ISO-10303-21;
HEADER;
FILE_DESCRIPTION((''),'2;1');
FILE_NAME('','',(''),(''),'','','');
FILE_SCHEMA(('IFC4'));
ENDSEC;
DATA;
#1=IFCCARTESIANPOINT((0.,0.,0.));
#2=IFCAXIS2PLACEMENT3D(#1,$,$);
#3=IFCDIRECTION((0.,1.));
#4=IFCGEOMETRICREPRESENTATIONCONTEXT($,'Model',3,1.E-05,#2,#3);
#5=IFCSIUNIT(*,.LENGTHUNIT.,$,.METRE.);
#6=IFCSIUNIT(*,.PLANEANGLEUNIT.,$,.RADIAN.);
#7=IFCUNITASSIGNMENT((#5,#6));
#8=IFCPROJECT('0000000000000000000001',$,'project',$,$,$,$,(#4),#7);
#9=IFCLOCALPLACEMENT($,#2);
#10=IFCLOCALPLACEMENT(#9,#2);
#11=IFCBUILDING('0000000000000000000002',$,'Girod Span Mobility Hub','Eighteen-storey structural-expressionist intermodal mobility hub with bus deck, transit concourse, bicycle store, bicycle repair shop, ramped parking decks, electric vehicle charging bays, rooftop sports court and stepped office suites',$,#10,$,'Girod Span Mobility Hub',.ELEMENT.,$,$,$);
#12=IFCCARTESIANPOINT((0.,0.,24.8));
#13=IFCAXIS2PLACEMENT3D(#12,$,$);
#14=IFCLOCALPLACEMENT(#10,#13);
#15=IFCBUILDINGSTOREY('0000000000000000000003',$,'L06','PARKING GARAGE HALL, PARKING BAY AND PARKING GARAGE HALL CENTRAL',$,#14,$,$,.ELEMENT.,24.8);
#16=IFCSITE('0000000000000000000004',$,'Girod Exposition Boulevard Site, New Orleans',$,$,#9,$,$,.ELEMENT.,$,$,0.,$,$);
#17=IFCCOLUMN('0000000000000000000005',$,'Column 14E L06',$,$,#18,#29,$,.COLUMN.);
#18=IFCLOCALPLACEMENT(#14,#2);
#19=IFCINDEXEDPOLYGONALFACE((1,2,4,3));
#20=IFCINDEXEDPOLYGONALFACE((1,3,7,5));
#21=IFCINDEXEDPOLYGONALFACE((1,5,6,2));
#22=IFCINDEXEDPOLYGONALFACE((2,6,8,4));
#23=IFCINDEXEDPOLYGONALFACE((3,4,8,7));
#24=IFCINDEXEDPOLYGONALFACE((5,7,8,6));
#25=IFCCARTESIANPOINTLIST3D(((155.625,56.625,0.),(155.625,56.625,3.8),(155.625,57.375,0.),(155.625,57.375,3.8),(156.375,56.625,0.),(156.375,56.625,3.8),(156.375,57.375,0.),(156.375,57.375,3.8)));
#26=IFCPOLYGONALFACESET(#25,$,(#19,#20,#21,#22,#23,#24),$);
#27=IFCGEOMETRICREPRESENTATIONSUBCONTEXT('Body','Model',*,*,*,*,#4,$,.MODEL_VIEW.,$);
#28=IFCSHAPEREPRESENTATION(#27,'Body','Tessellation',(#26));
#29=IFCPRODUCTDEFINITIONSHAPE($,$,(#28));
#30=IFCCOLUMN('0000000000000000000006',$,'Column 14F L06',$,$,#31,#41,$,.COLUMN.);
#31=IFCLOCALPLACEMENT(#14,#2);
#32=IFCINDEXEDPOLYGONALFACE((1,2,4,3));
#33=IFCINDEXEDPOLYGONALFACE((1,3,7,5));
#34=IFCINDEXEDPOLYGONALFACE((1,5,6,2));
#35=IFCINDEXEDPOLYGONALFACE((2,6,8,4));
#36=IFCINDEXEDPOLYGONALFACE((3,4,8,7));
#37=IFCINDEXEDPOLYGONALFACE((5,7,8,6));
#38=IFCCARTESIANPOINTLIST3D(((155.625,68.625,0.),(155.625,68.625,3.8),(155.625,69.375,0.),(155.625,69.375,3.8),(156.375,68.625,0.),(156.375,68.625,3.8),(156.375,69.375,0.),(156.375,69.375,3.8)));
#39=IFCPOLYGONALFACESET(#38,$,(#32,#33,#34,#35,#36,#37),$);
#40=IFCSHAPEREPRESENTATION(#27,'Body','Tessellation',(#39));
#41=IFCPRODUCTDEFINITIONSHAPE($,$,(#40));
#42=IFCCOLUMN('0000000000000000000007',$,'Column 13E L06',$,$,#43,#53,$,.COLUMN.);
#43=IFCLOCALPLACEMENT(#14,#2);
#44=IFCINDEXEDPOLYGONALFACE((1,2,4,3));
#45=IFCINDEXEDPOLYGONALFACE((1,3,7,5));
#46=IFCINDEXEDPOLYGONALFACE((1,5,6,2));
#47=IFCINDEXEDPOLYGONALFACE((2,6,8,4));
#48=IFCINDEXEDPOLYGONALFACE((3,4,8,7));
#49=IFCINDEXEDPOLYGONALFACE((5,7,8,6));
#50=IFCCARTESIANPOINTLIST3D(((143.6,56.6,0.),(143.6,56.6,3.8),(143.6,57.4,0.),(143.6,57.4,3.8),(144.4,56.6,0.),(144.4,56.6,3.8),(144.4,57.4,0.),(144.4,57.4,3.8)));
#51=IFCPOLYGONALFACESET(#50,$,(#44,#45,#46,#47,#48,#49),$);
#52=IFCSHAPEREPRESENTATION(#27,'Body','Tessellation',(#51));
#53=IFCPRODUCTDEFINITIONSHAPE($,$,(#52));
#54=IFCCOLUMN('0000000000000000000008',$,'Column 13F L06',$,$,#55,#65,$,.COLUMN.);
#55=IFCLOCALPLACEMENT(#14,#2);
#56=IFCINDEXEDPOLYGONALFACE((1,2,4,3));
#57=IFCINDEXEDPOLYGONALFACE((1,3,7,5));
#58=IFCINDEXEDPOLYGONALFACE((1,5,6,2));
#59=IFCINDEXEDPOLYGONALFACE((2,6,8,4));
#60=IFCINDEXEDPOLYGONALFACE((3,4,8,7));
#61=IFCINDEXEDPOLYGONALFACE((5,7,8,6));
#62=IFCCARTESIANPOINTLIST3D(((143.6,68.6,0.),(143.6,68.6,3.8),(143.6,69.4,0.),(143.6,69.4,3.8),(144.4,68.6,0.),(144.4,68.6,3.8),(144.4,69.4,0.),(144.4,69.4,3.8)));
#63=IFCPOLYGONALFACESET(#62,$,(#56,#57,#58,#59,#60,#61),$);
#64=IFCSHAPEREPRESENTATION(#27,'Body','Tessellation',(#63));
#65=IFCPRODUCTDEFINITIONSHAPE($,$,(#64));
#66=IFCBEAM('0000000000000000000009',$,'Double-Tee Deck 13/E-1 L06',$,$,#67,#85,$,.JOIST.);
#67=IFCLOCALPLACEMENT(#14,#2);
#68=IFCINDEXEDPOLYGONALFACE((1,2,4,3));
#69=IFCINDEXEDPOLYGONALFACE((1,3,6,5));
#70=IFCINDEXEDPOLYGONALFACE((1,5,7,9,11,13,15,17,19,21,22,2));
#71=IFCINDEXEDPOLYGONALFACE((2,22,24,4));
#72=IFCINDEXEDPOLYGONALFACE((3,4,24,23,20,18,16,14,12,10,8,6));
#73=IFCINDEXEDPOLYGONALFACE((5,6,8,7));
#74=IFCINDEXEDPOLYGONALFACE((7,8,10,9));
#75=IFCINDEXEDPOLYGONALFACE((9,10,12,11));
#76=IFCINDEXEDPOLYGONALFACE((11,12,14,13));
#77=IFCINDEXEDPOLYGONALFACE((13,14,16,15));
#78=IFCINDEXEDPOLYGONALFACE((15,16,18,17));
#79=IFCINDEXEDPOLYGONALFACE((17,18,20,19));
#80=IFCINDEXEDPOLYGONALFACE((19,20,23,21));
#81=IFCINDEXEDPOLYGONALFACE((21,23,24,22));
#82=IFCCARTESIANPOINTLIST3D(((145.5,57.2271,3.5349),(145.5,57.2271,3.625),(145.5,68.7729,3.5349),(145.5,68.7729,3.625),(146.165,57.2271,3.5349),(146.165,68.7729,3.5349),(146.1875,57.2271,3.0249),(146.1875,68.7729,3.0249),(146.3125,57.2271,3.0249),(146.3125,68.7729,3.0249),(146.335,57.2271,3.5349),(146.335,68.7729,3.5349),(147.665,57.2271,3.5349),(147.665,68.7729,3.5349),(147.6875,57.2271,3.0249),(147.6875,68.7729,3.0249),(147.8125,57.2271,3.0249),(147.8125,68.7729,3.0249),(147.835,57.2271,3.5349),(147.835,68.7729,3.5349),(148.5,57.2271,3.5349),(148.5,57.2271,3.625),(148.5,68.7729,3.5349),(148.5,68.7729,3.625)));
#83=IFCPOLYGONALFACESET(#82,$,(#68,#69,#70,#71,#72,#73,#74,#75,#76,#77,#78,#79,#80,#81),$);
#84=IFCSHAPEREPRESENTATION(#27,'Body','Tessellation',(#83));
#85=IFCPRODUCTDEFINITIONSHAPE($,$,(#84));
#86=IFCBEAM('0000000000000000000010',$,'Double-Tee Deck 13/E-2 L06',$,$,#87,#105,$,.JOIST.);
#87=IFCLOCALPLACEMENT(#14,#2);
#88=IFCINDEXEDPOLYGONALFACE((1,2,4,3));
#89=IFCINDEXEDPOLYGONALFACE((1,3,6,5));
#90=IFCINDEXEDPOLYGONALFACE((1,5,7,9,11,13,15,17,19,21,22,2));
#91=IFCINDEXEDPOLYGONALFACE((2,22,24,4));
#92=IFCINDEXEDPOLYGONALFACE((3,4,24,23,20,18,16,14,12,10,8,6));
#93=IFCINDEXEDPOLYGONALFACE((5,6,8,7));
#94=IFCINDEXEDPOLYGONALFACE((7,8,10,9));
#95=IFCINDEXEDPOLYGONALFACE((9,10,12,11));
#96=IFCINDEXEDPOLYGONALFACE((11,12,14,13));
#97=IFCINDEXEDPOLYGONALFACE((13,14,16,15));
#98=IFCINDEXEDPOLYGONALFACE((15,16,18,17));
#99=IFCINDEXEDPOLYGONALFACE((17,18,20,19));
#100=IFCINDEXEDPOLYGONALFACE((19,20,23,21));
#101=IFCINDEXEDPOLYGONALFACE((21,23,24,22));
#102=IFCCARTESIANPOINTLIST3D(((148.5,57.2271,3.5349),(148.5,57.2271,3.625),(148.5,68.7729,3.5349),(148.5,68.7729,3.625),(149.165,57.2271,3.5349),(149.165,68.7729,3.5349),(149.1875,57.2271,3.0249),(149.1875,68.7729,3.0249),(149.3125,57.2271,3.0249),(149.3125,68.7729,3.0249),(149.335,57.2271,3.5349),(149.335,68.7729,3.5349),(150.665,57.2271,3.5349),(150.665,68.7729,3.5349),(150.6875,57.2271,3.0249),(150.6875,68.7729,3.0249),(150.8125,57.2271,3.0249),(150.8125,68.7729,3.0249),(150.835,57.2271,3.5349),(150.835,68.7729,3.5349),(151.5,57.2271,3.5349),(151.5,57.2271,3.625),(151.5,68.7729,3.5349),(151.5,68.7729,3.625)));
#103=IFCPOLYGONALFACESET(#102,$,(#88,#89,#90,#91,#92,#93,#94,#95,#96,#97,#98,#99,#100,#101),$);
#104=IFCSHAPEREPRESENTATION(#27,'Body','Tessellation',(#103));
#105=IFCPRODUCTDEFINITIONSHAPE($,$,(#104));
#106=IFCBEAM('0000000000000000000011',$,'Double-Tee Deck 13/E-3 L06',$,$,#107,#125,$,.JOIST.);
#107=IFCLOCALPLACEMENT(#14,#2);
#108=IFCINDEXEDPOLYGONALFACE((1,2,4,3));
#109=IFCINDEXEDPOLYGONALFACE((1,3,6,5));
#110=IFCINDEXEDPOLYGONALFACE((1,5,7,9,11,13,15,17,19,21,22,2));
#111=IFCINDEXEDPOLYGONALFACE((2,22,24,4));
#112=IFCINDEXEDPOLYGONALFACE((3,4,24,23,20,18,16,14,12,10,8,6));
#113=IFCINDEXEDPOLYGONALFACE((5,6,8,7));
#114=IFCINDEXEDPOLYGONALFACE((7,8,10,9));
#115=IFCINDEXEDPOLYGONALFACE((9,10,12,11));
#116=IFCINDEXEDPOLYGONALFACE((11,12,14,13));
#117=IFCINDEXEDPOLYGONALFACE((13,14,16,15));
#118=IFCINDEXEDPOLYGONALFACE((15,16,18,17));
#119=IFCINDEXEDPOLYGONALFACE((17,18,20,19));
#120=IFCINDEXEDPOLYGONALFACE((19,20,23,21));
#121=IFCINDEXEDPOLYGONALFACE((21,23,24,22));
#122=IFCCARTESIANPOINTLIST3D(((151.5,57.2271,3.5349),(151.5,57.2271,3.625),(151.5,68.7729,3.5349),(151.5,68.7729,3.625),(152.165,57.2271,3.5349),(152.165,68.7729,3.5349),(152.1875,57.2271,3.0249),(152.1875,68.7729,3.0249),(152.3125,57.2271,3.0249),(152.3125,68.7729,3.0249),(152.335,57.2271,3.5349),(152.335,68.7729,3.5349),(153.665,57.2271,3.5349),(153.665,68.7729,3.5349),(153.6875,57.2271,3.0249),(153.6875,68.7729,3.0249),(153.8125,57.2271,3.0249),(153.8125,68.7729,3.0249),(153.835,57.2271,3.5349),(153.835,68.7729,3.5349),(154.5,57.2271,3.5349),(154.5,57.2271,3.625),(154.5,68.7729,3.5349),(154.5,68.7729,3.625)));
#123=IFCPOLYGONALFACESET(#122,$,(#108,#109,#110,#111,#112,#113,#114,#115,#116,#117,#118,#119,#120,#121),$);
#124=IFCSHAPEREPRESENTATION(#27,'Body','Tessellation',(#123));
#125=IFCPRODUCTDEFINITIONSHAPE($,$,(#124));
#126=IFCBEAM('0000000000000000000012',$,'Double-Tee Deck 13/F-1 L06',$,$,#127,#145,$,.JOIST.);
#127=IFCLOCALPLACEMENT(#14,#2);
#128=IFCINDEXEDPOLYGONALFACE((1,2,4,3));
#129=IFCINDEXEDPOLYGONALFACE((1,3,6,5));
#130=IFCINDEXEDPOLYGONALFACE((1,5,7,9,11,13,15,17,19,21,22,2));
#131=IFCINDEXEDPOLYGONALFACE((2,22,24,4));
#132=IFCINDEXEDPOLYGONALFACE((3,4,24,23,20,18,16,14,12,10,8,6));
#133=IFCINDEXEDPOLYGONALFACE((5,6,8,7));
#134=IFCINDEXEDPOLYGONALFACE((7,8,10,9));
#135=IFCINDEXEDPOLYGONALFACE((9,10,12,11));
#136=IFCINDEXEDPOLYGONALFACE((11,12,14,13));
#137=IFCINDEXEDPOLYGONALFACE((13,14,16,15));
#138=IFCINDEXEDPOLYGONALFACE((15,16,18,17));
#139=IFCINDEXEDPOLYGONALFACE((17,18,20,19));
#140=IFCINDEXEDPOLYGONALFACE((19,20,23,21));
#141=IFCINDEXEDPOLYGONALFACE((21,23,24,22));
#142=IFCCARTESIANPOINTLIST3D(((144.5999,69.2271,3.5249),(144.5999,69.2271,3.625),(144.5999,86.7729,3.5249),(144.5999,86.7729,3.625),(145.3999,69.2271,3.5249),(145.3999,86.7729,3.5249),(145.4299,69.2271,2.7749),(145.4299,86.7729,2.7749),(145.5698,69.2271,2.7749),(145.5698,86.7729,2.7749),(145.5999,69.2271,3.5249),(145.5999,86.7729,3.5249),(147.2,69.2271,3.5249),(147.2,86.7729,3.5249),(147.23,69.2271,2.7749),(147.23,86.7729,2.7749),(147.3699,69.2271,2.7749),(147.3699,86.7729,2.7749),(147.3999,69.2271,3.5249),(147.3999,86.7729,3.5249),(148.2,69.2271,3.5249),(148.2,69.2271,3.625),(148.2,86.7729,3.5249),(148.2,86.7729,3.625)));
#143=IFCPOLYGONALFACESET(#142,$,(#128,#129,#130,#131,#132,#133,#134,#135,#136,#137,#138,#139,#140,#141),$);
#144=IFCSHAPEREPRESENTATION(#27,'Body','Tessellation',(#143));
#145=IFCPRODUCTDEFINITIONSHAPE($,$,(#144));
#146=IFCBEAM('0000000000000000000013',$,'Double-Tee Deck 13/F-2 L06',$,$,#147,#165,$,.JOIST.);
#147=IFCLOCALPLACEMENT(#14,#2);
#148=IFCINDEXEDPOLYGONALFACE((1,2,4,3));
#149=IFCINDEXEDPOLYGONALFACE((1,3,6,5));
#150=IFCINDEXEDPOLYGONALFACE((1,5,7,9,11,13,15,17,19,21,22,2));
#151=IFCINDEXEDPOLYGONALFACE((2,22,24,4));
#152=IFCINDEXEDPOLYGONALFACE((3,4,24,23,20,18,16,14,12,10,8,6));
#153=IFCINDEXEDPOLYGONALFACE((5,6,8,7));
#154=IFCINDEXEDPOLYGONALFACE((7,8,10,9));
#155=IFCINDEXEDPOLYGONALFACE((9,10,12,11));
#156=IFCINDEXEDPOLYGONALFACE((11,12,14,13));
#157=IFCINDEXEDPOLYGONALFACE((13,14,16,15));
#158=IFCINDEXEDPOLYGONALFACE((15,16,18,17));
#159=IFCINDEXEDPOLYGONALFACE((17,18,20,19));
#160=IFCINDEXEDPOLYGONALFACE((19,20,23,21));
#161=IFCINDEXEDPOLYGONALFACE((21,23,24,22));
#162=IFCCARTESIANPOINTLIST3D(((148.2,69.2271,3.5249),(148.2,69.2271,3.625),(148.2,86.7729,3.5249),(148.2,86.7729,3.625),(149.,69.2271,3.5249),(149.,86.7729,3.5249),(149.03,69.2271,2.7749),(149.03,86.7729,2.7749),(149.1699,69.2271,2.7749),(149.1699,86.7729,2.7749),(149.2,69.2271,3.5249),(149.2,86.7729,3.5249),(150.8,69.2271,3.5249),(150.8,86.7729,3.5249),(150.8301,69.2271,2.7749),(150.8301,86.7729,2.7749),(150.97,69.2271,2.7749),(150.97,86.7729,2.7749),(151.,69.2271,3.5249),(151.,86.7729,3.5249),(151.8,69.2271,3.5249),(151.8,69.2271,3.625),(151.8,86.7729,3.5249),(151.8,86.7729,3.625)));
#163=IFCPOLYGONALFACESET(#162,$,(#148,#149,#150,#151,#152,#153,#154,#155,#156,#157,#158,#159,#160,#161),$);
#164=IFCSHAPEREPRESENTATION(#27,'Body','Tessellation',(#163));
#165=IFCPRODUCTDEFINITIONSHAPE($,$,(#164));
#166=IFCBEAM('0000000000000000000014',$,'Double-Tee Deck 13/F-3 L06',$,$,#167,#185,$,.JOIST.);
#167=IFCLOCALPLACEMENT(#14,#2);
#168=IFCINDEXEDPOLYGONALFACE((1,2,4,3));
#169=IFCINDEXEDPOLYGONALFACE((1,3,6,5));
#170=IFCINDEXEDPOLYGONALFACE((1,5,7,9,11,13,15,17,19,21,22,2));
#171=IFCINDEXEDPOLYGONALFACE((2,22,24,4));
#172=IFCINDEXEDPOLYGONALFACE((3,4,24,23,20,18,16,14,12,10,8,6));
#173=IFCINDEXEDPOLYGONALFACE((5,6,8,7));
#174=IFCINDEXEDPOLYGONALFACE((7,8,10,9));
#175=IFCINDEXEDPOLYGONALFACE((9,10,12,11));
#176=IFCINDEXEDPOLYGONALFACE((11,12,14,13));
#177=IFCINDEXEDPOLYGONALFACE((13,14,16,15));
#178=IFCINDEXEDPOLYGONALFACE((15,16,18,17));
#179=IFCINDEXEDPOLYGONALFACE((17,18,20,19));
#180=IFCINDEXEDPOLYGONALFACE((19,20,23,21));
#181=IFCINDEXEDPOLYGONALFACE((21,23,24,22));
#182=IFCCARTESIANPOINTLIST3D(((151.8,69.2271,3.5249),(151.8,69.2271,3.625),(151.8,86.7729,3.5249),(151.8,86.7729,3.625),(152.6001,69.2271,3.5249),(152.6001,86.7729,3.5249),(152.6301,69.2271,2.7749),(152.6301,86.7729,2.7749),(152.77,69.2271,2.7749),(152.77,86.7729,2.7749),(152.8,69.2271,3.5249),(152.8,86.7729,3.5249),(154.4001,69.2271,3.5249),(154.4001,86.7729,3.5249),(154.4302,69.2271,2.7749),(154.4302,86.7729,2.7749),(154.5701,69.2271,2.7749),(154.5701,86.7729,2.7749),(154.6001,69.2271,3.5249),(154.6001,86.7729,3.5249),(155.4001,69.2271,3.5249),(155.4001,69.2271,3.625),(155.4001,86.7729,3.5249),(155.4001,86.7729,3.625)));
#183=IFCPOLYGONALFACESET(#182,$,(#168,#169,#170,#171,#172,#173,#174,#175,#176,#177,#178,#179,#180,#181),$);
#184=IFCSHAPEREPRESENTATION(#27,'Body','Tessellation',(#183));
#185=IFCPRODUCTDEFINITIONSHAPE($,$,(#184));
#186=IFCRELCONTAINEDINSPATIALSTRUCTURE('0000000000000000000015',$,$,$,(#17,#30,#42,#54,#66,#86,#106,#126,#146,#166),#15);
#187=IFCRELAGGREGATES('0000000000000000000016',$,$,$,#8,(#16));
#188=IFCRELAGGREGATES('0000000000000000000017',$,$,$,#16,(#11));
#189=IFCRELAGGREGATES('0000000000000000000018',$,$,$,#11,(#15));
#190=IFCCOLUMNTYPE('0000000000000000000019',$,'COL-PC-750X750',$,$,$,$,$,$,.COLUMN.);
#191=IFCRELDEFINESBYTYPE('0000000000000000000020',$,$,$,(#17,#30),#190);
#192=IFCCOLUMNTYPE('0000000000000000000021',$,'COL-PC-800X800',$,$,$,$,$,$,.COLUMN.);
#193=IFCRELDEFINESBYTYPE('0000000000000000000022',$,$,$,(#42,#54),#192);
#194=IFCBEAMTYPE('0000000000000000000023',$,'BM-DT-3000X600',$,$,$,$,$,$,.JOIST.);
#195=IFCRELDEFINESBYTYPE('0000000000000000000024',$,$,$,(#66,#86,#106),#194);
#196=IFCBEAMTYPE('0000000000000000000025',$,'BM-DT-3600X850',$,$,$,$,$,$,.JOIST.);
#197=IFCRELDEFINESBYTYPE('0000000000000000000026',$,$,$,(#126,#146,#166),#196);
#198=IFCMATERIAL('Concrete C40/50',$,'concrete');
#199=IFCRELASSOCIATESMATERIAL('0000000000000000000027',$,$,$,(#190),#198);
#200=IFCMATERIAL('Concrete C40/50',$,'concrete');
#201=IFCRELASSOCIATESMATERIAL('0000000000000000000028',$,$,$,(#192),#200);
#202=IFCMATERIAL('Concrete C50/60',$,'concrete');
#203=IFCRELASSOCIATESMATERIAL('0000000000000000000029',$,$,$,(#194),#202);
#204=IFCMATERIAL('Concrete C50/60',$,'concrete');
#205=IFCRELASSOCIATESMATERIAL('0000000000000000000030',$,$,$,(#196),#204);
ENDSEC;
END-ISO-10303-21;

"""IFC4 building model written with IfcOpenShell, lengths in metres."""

from ifc_helpers import new_model, si_unit, direction, frame, origin, origin_2d, place, context, subcontext, project, spatial, polyline, rectangle, outline, extrude, material, material_profile, profile_set, type_object, element, save


model = new_model("IFC4")

# Units and contexts
model_context = context("Model", 3, precision=1e-05, world=origin(), true_north=direction((0.0, 1.0)))
body_context = subcontext(model_context, "Body", "Model", "MODEL_VIEW")
ifc_project = project(units=[si_unit("LENGTHUNIT", "METRE"), si_unit("PLANEANGLEUNIT", "RADIAN")], contexts=[model_context])

# Site, building, storey
site_placement = place(None, origin())
site = spatial("IfcSite", under=ifc_project, at=site_placement, Name="Girod Exposition Boulevard Site, New Orleans", CompositionType="ELEMENT", RefElevation=0.0)
building_placement = place(site_placement, origin())
building = spatial("IfcBuilding", under=site, at=building_placement, Name="Girod Span Mobility Hub", Description="Eighteen-storey structural-expressionist intermodal mobility hub with bus deck, transit concourse, bicycle store, bicycle repair shop, ramped parking decks, electric vehicle charging bays, rooftop sports court and stepped office suites", LongName="Girod Span Mobility Hub", CompositionType="ELEMENT")
storey_placement = place(building_placement, frame((0.0, 0.0, 24.8)))
storey = spatial("IfcBuildingStorey", under=building, at=storey_placement, Name="L06", Description="PARKING GARAGE HALL, PARKING BAY AND PARKING GARAGE HALL CENTRAL", CompositionType="ELEMENT", Elevation=24.8)

# Columns
ifc_material_1 = material(Name="Concrete C40/50", Category="concrete")
ifc_material_profile_1 = material_profile(ifc_material_1, rectangle(XDim=0.75, YDim=0.75, at=origin_2d()), Name="PC-COL-750X750")
ifc_profile_set_1 = profile_set([ifc_material_profile_1], Name="Concrete C40/50")
column_type_1 = type_object("IfcColumnType", Name="COL-PC-750X750", PredefinedType="COLUMN", material=ifc_profile_set_1)
for number, where, z_axis, x_axis, name in (
    (1, (156.0, 57.0, 0.0), (0.0, 0.0, 1.0), (1.0, 0.0, 0.0), "Column 14E L06"),
    (2, (156.0, 69.0, 0.0), (0.0, 0.0, 1.0), (1.0, 0.0, 0.0), "Column 14F L06"),
):
    element("IfcColumn", number, at=place(storey_placement, frame(where, z_axis=z_axis, x_axis=x_axis)), inside=storey, type_object=column_type_1, Name=name, PredefinedType="COLUMN", context=body_context, shape_type="SweptSolid", body=[
        extrude(rectangle(XDim=0.75, YDim=0.75, at=origin_2d()), origin(), (0.0, 0.0, 1.0), 3.8),
    ])
ifc_material_2 = material(Name="Concrete C40/50", Category="concrete")
ifc_material_profile_2 = material_profile(ifc_material_2, rectangle(XDim=0.8, YDim=0.8, at=origin_2d()), Name="PC-COL-800X800")
ifc_profile_set_2 = profile_set([ifc_material_profile_2], Name="Concrete C40/50")
column_type_2 = type_object("IfcColumnType", Name="COL-PC-800X800", PredefinedType="COLUMN", material=ifc_profile_set_2)
for number, where, z_axis, x_axis, name in (
    (3, (144.0, 57.0, 0.0), (0.0, 0.0, 1.0), (1.0, 0.0, 0.0), "Column 13E L06"),
    (4, (144.0, 69.0, 0.0), (0.0, 0.0, 1.0), (1.0, 0.0, 0.0), "Column 13F L06"),
):
    element("IfcColumn", number, at=place(storey_placement, frame(where, z_axis=z_axis, x_axis=x_axis)), inside=storey, type_object=column_type_2, Name=name, PredefinedType="COLUMN", context=body_context, shape_type="SweptSolid", body=[
        extrude(rectangle(XDim=0.8, YDim=0.8, at=origin_2d()), origin(), (0.0, 0.0, 1.0), 3.8),
    ])

# Beams
ifc_material_3 = material(Name="Concrete C50/60", Category="concrete")
ifc_material_profile_3 = material_profile(ifc_material_3, outline(polyline([(-1.5, 0.3), (-1.5, 0.21), (-0.835, 0.21), (-0.8125, -0.3), (-0.6875, -0.3), (-0.665, 0.21), (0.665, 0.21), (0.6875, -0.3), (0.8125, -0.3), (0.835, 0.21), (1.5, 0.21), (1.5, 0.3), (-1.5, 0.3)])), Name="DT-3000X600")
ifc_profile_set_3 = profile_set([ifc_material_profile_3], Name="Concrete C50/60")
beam_type_1 = type_object("IfcBeamType", Name="BM-DT-3000X600", PredefinedType="JOIST", material=ifc_profile_set_3)
for number, where, z_axis, x_axis, name in (
    (5, (147.0, 57.2271, 3.325), (0.0, 1.0, 0.0), (-1.0, 0.0, 0.0), "Double-Tee Deck 13/E-1 L06"),
    (6, (150.0, 57.2271, 3.325), (0.0, 1.0, 0.0), (-1.0, 0.0, 0.0), "Double-Tee Deck 13/E-2 L06"),
    (7, (153.0, 57.2271, 3.325), (0.0, 1.0, 0.0), (-1.0, 0.0, 0.0), "Double-Tee Deck 13/E-3 L06"),
):
    element("IfcBeam", number, at=place(storey_placement, frame(where, z_axis=z_axis, x_axis=x_axis)), inside=storey, type_object=beam_type_1, Name=name, PredefinedType="JOIST", context=body_context, shape_type="SweptSolid", body=[
        extrude(outline(polyline([(-1.5, 0.3), (-1.5, 0.21), (-0.835, 0.21), (-0.8125, -0.3), (-0.6875, -0.3), (-0.665, 0.21), (0.665, 0.21), (0.6875, -0.3), (0.8125, -0.3), (0.835, 0.21), (1.5, 0.21), (1.5, 0.3), (-1.5, 0.3)])), origin(), (0.0, 0.0, 1.0), 11.5459),
    ])
ifc_material_4 = material(Name="Concrete C50/60", Category="concrete")
ifc_material_profile_4 = material_profile(ifc_material_4, outline(polyline([(-1.8, 0.425), (-1.8, 0.325), (-1.0, 0.325), (-0.97, -0.425), (-0.8301, -0.425), (-0.8, 0.325), (0.8, 0.325), (0.8301, -0.425), (0.97, -0.425), (1.0, 0.325), (1.8, 0.325), (1.8, 0.425), (-1.8, 0.425)])), Name="DT-3600X850")
ifc_profile_set_4 = profile_set([ifc_material_profile_4], Name="Concrete C50/60")
beam_type_2 = type_object("IfcBeamType", Name="BM-DT-3600X850", PredefinedType="JOIST", material=ifc_profile_set_4)
for number, where, z_axis, x_axis, name in (
    (8, (146.3999, 69.2271, 3.2), (0.0, 1.0, 0.0), (-1.0, 0.0, 0.0), "Double-Tee Deck 13/F-1 L06"),
    (9, (150.0, 69.2271, 3.2), (0.0, 1.0, 0.0), (-1.0, 0.0, 0.0), "Double-Tee Deck 13/F-2 L06"),
    (10, (153.6001, 69.2271, 3.2), (0.0, 1.0, 0.0), (-1.0, 0.0, 0.0), "Double-Tee Deck 13/F-3 L06"),
):
    element("IfcBeam", number, at=place(storey_placement, frame(where, z_axis=z_axis, x_axis=x_axis)), inside=storey, type_object=beam_type_2, Name=name, PredefinedType="JOIST", context=body_context, shape_type="SweptSolid", body=[
        extrude(outline(polyline([(-1.8, 0.425), (-1.8, 0.325), (-1.0, 0.325), (-0.97, -0.425), (-0.8301, -0.425), (-0.8, 0.325), (0.8, 0.325), (0.8301, -0.425), (0.97, -0.425), (1.0, 0.325), (1.8, 0.325), (1.8, 0.425), (-1.8, 0.425)])), origin(), (0.0, 0.0, 1.0), 17.5459),
    ])

save(model, "model.ifc")
